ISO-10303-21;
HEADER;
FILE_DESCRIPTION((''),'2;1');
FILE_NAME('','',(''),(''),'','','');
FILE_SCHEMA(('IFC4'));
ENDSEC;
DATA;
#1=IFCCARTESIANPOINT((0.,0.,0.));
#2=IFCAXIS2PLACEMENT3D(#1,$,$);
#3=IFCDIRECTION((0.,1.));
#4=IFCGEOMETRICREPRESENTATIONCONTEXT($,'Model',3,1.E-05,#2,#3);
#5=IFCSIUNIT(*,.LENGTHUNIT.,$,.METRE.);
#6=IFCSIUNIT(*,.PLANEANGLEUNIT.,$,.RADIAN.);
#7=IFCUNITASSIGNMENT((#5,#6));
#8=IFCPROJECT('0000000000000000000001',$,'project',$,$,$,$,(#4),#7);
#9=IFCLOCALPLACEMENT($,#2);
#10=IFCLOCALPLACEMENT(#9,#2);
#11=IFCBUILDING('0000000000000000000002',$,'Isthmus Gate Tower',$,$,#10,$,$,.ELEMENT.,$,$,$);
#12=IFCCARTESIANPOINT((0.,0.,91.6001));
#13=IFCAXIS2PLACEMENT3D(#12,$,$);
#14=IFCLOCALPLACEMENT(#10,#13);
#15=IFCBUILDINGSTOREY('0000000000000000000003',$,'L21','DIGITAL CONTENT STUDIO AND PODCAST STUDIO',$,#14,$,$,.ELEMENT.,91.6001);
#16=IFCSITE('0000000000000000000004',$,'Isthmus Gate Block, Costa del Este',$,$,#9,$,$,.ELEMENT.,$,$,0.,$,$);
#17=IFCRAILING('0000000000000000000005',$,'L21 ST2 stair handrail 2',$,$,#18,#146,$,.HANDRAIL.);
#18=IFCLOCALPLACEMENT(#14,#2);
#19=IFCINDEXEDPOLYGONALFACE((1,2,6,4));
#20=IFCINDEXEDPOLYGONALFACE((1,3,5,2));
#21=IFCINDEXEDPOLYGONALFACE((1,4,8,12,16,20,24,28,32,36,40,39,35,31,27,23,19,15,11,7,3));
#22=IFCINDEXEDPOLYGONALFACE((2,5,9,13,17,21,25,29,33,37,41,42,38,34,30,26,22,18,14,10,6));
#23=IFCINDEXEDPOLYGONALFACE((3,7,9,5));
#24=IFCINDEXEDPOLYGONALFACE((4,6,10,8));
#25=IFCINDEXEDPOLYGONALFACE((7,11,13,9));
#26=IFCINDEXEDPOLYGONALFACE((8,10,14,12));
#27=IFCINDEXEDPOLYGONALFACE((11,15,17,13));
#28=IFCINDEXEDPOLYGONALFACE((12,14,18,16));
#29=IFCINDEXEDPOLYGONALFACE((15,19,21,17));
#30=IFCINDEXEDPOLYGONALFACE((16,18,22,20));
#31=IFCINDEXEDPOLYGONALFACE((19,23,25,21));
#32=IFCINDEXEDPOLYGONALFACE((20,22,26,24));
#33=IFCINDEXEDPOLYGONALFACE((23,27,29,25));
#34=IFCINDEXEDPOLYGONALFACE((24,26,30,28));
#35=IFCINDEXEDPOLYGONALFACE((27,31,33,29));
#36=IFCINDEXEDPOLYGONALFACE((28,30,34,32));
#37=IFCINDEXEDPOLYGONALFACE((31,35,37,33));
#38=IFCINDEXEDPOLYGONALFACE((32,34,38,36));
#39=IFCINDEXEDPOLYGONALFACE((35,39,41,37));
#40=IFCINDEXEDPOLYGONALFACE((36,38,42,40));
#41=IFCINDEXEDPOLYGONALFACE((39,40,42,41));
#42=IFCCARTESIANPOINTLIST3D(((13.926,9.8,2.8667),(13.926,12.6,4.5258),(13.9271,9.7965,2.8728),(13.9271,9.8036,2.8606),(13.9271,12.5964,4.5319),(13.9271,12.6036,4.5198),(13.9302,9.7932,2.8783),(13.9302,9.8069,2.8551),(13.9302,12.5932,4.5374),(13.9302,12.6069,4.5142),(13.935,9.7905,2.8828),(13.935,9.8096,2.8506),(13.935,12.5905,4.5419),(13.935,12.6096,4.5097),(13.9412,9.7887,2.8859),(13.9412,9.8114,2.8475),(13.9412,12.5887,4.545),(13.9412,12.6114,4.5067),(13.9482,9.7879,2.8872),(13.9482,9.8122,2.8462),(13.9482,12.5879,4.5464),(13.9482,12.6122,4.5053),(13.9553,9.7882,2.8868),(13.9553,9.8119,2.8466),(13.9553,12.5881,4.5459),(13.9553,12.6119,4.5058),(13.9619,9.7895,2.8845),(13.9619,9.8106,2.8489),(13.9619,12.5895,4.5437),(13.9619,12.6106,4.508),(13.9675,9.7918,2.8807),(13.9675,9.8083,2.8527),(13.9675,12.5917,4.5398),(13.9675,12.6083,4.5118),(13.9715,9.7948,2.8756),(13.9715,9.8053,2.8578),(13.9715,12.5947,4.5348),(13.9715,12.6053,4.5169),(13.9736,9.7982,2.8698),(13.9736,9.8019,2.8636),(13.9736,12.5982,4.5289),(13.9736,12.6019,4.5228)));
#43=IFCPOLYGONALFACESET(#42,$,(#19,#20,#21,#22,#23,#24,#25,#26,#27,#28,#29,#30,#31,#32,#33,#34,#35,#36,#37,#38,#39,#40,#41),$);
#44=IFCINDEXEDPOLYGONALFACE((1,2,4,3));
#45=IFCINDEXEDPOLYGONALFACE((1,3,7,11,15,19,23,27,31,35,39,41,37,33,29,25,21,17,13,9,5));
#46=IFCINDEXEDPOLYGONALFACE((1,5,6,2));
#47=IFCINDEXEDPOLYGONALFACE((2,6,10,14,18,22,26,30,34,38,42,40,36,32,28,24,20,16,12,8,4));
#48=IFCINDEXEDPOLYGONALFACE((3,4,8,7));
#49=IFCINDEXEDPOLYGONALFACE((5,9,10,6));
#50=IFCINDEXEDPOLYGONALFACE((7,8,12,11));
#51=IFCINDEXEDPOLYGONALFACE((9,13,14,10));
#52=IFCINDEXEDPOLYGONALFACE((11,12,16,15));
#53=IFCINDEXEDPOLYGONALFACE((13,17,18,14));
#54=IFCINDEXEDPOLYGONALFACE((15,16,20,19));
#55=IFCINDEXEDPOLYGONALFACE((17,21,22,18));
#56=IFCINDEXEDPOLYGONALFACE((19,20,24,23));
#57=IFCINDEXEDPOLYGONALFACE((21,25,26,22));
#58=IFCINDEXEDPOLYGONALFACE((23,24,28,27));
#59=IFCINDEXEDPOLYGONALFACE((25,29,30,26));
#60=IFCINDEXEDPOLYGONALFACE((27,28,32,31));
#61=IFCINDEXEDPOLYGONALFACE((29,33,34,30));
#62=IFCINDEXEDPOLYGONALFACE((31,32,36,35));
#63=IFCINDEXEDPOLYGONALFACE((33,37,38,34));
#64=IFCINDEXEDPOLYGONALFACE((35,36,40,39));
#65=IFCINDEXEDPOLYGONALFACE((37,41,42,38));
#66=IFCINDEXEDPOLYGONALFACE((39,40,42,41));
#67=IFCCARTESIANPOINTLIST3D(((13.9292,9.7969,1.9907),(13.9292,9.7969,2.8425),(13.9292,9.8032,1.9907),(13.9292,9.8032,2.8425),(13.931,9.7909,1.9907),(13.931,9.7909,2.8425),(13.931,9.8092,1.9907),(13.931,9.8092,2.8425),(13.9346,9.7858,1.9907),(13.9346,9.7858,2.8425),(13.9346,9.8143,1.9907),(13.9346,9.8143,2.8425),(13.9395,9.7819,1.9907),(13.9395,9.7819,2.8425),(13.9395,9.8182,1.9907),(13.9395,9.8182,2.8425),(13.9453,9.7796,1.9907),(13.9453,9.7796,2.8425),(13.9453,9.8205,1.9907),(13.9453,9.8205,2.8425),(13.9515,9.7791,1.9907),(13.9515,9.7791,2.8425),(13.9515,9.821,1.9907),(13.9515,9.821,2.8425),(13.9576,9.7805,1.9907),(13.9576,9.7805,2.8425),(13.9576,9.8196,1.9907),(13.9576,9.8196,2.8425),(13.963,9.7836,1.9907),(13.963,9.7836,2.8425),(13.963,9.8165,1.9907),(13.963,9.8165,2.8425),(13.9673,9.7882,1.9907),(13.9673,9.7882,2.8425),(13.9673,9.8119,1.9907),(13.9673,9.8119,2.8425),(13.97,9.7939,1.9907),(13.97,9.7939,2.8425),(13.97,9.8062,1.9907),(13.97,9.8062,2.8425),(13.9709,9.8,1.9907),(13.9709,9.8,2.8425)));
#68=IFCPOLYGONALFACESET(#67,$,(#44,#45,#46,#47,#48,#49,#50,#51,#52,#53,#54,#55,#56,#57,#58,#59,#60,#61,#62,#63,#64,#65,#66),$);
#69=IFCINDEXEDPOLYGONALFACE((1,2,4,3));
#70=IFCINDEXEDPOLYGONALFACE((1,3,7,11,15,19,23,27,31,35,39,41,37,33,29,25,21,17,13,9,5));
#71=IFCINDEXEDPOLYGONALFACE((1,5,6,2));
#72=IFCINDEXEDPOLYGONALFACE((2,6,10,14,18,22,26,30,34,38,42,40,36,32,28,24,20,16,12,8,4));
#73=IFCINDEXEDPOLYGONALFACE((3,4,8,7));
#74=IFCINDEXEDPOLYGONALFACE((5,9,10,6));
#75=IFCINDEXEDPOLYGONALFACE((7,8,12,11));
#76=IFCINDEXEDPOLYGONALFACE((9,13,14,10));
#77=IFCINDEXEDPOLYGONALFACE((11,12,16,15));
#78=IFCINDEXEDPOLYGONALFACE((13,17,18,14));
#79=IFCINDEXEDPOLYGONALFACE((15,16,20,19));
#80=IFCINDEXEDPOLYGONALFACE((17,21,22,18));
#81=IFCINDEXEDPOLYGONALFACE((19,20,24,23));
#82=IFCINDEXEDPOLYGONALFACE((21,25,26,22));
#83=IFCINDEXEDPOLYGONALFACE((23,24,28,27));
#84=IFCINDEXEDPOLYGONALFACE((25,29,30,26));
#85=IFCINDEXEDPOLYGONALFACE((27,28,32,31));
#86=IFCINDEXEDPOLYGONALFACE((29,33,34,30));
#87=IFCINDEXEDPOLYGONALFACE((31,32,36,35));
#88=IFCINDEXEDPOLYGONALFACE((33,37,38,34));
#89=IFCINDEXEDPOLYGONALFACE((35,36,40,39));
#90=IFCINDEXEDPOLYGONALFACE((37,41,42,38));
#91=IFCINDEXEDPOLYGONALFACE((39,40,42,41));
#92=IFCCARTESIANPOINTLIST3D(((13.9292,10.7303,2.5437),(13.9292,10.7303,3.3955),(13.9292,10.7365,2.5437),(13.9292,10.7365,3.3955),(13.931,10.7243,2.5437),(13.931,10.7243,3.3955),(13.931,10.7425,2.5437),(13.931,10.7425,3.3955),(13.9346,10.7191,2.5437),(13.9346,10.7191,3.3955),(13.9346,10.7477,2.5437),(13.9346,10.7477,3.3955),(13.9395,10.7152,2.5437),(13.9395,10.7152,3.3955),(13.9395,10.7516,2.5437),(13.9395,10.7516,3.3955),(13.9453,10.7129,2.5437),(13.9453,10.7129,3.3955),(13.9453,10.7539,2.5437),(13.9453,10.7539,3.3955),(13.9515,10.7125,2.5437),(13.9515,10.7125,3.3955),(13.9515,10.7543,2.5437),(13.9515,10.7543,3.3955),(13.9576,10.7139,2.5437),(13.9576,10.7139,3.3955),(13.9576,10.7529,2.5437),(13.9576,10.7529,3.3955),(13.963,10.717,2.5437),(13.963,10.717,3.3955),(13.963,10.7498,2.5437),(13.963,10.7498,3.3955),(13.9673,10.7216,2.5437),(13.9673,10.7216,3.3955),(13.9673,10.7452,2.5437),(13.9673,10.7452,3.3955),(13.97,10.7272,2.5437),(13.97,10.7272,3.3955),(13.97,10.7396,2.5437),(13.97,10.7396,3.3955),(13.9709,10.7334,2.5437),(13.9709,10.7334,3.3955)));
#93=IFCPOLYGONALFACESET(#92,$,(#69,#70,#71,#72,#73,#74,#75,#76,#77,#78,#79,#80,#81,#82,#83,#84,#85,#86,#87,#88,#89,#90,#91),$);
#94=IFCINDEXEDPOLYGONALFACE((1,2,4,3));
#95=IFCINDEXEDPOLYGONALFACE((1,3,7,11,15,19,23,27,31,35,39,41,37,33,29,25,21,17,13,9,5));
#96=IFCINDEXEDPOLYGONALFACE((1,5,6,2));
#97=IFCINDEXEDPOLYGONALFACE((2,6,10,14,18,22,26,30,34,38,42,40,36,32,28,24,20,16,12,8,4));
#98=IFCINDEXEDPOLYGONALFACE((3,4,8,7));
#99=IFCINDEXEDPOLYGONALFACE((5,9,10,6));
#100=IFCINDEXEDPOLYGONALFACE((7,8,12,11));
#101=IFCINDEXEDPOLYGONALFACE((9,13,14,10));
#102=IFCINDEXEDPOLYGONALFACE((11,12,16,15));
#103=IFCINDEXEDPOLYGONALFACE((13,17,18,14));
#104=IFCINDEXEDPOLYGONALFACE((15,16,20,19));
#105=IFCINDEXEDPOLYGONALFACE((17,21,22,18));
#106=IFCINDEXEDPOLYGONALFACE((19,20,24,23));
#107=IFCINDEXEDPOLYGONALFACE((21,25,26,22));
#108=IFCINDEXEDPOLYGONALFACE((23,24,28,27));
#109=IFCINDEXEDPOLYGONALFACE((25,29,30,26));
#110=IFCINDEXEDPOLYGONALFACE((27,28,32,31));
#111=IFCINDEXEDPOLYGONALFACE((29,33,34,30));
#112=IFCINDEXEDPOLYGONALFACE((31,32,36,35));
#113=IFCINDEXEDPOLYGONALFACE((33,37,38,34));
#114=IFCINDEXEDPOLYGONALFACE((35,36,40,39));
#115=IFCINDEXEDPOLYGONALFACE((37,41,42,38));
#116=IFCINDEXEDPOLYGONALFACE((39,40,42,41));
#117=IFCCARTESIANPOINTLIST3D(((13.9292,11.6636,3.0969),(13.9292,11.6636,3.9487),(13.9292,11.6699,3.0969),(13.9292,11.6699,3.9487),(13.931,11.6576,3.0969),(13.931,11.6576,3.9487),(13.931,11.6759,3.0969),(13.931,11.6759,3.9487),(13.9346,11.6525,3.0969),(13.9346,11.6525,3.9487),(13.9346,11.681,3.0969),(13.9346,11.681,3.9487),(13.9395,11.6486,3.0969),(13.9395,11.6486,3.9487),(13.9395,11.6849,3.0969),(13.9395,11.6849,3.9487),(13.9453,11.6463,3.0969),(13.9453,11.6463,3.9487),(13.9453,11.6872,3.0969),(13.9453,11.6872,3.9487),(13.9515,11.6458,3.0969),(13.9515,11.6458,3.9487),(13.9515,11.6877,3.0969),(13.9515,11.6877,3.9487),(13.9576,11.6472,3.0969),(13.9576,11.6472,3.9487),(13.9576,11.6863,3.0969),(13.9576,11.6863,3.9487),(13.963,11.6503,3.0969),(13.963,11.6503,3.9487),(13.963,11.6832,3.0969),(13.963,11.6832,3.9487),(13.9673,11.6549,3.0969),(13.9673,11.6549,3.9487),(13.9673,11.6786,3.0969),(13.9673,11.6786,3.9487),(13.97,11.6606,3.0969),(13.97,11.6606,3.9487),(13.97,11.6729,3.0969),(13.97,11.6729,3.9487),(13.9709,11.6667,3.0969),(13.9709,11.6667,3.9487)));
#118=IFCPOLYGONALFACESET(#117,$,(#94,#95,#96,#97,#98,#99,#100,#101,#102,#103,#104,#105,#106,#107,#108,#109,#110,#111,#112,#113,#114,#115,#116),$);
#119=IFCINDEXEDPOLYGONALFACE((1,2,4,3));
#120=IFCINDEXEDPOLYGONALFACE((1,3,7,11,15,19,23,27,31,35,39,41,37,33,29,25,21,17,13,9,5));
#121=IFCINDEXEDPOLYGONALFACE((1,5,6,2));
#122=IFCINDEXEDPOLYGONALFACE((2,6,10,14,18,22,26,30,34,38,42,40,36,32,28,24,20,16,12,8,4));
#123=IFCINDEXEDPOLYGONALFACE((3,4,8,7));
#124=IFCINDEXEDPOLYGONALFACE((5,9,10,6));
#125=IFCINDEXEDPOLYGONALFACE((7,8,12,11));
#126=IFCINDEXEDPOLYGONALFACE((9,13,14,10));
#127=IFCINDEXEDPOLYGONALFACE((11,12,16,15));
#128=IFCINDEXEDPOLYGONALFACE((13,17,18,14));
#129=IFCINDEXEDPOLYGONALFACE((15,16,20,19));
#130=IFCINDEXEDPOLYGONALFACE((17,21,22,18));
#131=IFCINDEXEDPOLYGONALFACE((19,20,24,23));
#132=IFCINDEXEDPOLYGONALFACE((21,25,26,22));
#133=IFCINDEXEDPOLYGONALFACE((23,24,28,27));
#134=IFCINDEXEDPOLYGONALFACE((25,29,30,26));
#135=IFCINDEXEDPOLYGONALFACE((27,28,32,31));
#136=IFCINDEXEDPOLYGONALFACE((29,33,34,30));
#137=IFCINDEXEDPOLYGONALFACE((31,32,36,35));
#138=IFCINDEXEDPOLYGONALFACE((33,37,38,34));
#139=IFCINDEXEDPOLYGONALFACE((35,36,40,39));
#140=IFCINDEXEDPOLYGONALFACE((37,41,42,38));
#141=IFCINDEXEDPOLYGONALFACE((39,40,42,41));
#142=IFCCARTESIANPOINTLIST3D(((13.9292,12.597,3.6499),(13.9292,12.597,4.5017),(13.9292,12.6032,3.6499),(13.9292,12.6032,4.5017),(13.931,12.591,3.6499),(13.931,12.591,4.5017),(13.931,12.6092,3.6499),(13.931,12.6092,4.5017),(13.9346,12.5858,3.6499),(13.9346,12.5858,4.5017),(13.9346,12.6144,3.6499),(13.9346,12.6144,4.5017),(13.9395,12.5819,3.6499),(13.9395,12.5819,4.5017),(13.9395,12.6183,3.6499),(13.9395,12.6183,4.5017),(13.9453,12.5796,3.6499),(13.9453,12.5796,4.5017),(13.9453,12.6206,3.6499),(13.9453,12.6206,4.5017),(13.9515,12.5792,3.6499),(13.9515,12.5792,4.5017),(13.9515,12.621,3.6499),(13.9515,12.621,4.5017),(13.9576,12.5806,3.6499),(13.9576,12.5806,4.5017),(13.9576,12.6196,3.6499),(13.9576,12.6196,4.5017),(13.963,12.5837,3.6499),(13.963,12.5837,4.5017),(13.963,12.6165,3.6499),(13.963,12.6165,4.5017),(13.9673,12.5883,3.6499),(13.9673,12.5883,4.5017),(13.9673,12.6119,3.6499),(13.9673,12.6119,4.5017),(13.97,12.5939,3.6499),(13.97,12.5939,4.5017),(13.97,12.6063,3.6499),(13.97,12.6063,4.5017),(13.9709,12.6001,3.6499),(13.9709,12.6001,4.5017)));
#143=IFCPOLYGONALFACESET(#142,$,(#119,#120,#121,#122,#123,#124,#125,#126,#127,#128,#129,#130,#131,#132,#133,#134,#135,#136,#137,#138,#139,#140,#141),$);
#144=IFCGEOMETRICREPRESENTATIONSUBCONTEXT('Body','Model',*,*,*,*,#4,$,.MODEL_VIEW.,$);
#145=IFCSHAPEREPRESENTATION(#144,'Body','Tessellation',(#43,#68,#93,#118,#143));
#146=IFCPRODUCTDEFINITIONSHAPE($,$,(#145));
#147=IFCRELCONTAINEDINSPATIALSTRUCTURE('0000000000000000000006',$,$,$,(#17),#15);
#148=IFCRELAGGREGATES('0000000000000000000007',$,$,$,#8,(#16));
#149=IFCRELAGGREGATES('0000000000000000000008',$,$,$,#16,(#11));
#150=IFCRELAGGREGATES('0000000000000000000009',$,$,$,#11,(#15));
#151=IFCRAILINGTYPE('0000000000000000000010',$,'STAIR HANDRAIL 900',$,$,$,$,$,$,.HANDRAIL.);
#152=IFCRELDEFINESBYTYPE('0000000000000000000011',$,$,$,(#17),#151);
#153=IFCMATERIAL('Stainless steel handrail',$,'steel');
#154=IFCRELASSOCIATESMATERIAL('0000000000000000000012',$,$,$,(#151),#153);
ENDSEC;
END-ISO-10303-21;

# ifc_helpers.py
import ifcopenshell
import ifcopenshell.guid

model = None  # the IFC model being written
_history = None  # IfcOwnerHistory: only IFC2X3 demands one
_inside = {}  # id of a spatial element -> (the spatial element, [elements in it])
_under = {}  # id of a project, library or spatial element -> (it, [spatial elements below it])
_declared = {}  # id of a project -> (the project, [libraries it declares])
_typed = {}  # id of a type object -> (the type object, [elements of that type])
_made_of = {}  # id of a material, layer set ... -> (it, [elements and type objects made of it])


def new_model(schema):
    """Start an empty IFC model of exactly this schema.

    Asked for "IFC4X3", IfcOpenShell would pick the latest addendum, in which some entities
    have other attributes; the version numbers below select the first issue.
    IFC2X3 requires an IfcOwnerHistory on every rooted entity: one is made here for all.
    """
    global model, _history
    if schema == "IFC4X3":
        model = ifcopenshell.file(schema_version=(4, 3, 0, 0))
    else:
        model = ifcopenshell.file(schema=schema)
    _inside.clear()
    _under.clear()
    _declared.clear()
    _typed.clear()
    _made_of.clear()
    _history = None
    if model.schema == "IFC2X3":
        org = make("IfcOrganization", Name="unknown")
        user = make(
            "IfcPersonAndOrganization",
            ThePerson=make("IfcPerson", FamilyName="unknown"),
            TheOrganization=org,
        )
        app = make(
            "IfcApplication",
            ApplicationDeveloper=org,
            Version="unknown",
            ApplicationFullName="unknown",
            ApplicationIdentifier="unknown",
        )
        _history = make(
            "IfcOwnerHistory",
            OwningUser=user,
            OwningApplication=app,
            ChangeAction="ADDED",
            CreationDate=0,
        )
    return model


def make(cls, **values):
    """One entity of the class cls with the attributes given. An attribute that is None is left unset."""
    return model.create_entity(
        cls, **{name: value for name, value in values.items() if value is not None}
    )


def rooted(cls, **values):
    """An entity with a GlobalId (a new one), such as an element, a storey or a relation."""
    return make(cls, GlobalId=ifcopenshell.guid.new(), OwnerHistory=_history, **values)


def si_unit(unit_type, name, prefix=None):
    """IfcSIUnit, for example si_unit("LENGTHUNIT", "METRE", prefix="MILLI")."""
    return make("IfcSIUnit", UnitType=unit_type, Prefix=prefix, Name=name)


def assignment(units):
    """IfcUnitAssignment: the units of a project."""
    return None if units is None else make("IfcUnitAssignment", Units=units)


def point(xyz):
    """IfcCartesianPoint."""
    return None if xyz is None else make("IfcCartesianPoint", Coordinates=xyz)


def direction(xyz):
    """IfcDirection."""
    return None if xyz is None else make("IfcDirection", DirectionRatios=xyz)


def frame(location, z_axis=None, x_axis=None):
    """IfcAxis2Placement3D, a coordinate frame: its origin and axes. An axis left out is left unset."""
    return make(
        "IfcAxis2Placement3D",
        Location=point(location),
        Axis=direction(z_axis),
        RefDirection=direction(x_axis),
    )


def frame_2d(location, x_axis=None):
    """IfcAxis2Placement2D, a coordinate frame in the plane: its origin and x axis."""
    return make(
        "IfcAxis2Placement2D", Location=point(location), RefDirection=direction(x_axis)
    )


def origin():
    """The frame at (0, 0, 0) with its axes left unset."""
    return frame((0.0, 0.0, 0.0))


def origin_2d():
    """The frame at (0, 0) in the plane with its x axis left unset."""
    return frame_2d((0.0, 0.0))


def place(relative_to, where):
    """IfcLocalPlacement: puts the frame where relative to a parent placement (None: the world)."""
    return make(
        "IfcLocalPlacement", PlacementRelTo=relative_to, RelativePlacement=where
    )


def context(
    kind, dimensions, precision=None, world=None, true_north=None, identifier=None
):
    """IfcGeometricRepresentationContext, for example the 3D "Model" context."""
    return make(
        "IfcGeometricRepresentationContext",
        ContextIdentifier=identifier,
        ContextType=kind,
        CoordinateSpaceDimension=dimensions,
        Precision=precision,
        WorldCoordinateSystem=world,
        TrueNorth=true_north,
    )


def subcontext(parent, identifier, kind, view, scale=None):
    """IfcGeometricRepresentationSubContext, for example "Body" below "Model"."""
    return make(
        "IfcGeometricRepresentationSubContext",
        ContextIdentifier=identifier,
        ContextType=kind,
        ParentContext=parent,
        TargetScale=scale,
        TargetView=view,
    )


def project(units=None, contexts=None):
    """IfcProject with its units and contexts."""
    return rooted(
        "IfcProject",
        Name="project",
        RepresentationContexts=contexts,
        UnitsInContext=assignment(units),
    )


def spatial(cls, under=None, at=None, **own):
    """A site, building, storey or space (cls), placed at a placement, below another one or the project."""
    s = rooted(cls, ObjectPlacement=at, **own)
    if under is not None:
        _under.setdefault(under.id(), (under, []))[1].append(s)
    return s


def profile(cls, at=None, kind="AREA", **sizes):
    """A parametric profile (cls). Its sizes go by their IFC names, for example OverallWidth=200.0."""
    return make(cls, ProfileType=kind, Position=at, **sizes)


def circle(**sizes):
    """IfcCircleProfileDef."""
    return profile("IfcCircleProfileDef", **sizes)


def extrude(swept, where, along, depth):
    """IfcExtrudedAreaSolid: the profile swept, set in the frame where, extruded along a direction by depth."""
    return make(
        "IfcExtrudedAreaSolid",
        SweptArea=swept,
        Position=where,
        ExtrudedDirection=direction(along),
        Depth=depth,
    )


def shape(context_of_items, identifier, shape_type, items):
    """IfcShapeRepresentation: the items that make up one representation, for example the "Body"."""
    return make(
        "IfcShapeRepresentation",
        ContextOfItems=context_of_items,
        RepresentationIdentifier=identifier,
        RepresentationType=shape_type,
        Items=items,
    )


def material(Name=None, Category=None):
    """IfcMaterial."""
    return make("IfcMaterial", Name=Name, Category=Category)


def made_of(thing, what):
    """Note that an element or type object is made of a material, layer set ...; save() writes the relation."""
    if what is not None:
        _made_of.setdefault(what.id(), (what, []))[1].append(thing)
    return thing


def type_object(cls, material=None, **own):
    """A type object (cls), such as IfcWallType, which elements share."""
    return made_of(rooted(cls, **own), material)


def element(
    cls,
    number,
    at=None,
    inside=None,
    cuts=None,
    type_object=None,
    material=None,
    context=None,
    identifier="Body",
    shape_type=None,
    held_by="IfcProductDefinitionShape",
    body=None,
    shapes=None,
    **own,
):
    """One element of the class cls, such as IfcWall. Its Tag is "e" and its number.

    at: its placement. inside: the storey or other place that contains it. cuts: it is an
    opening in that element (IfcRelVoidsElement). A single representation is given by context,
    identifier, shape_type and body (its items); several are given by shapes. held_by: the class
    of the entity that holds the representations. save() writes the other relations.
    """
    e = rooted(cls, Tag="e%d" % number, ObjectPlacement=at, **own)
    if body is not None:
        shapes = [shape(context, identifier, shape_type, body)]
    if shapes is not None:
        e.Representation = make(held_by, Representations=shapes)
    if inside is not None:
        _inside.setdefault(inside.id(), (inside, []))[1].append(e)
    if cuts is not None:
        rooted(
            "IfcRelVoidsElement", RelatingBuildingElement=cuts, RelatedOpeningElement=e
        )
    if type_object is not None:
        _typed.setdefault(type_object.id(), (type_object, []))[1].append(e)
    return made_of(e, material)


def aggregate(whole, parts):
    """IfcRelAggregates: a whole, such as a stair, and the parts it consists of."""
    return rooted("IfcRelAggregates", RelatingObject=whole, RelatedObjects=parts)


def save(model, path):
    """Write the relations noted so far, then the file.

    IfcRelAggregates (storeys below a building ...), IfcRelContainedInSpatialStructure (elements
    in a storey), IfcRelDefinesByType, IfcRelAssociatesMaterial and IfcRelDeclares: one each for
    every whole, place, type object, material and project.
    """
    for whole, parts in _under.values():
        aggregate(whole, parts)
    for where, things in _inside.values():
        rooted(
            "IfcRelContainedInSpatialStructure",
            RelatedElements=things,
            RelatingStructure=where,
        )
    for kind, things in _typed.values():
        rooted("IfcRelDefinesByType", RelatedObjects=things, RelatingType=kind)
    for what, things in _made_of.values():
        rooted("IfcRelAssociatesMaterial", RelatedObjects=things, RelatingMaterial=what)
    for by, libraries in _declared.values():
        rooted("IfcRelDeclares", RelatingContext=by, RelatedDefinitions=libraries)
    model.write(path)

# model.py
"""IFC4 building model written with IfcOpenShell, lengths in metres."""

from ifc_helpers import new_model, si_unit, direction, frame, origin, origin_2d, place, context, subcontext, project, spatial, circle, extrude, material, type_object, element, save


model = new_model("IFC4")

# Units and contexts
model_context = context("Model", 3, precision=1e-05, world=origin(), true_north=direction((0.0, 1.0)))
body_context = subcontext(model_context, "Body", "Model", "MODEL_VIEW")
ifc_project = project(units=[si_unit("LENGTHUNIT", "METRE"), si_unit("PLANEANGLEUNIT", "RADIAN")], contexts=[model_context])

# Site, building, storey
site_placement = place(None, origin())
site = spatial("IfcSite", under=ifc_project, at=site_placement, Name="Isthmus Gate Block, Costa del Este", CompositionType="ELEMENT", RefElevation=0.0)
building_placement = place(site_placement, origin())
building = spatial("IfcBuilding", under=site, at=building_placement, Name="Isthmus Gate Tower", CompositionType="ELEMENT")
storey_placement = place(building_placement, frame((0.0, 0.0, 91.6001)))
storey = spatial("IfcBuildingStorey", under=building, at=storey_placement, Name="L21", Description="DIGITAL CONTENT STUDIO AND PODCAST STUDIO", CompositionType="ELEMENT", Elevation=91.6001)

# Railing
ifc_material_1 = material(Name="Stainless steel handrail", Category="steel")
railing_type = type_object("IfcRailingType", Name="STAIR HANDRAIL 900", PredefinedType="HANDRAIL", material=ifc_material_1)
railing_placement = place(storey_placement, frame((13.95, 9.8, 1.9907)))
element("IfcRailing", 1, at=railing_placement, inside=storey, type_object=railing_type, Name="L21 ST2 stair handrail 2", PredefinedType="HANDRAIL", context=body_context, shape_type="SweptSolid", body=[
    extrude(circle(Radius=0.0239, at=origin_2d()), frame((0.0, 0.0, 0.876), z_axis=(0.0, 0.860306, 0.509778), x_axis=(-1.0, 0.0, 0.0)), (0.0, 0.0, 1.0), 3.2546),
    extrude(circle(Radius=0.021, at=origin_2d()), origin(), (0.0, 0.0, 1.0), 0.8518),
    extrude(circle(Radius=0.021, at=origin_2d()), frame((0.0, 0.9333, 0.553)), (0.0, 0.0, 1.0), 0.8518),
    extrude(circle(Radius=0.021, at=origin_2d()), frame((0.0, 1.8667, 1.1062)), (0.0, 0.0, 1.0), 0.8518),
    extrude(circle(Radius=0.021, at=origin_2d()), frame((0.0, 2.8, 1.6592)), (0.0, 0.0, 1.0), 0.8518),
])

save(model, "model.ifc")
